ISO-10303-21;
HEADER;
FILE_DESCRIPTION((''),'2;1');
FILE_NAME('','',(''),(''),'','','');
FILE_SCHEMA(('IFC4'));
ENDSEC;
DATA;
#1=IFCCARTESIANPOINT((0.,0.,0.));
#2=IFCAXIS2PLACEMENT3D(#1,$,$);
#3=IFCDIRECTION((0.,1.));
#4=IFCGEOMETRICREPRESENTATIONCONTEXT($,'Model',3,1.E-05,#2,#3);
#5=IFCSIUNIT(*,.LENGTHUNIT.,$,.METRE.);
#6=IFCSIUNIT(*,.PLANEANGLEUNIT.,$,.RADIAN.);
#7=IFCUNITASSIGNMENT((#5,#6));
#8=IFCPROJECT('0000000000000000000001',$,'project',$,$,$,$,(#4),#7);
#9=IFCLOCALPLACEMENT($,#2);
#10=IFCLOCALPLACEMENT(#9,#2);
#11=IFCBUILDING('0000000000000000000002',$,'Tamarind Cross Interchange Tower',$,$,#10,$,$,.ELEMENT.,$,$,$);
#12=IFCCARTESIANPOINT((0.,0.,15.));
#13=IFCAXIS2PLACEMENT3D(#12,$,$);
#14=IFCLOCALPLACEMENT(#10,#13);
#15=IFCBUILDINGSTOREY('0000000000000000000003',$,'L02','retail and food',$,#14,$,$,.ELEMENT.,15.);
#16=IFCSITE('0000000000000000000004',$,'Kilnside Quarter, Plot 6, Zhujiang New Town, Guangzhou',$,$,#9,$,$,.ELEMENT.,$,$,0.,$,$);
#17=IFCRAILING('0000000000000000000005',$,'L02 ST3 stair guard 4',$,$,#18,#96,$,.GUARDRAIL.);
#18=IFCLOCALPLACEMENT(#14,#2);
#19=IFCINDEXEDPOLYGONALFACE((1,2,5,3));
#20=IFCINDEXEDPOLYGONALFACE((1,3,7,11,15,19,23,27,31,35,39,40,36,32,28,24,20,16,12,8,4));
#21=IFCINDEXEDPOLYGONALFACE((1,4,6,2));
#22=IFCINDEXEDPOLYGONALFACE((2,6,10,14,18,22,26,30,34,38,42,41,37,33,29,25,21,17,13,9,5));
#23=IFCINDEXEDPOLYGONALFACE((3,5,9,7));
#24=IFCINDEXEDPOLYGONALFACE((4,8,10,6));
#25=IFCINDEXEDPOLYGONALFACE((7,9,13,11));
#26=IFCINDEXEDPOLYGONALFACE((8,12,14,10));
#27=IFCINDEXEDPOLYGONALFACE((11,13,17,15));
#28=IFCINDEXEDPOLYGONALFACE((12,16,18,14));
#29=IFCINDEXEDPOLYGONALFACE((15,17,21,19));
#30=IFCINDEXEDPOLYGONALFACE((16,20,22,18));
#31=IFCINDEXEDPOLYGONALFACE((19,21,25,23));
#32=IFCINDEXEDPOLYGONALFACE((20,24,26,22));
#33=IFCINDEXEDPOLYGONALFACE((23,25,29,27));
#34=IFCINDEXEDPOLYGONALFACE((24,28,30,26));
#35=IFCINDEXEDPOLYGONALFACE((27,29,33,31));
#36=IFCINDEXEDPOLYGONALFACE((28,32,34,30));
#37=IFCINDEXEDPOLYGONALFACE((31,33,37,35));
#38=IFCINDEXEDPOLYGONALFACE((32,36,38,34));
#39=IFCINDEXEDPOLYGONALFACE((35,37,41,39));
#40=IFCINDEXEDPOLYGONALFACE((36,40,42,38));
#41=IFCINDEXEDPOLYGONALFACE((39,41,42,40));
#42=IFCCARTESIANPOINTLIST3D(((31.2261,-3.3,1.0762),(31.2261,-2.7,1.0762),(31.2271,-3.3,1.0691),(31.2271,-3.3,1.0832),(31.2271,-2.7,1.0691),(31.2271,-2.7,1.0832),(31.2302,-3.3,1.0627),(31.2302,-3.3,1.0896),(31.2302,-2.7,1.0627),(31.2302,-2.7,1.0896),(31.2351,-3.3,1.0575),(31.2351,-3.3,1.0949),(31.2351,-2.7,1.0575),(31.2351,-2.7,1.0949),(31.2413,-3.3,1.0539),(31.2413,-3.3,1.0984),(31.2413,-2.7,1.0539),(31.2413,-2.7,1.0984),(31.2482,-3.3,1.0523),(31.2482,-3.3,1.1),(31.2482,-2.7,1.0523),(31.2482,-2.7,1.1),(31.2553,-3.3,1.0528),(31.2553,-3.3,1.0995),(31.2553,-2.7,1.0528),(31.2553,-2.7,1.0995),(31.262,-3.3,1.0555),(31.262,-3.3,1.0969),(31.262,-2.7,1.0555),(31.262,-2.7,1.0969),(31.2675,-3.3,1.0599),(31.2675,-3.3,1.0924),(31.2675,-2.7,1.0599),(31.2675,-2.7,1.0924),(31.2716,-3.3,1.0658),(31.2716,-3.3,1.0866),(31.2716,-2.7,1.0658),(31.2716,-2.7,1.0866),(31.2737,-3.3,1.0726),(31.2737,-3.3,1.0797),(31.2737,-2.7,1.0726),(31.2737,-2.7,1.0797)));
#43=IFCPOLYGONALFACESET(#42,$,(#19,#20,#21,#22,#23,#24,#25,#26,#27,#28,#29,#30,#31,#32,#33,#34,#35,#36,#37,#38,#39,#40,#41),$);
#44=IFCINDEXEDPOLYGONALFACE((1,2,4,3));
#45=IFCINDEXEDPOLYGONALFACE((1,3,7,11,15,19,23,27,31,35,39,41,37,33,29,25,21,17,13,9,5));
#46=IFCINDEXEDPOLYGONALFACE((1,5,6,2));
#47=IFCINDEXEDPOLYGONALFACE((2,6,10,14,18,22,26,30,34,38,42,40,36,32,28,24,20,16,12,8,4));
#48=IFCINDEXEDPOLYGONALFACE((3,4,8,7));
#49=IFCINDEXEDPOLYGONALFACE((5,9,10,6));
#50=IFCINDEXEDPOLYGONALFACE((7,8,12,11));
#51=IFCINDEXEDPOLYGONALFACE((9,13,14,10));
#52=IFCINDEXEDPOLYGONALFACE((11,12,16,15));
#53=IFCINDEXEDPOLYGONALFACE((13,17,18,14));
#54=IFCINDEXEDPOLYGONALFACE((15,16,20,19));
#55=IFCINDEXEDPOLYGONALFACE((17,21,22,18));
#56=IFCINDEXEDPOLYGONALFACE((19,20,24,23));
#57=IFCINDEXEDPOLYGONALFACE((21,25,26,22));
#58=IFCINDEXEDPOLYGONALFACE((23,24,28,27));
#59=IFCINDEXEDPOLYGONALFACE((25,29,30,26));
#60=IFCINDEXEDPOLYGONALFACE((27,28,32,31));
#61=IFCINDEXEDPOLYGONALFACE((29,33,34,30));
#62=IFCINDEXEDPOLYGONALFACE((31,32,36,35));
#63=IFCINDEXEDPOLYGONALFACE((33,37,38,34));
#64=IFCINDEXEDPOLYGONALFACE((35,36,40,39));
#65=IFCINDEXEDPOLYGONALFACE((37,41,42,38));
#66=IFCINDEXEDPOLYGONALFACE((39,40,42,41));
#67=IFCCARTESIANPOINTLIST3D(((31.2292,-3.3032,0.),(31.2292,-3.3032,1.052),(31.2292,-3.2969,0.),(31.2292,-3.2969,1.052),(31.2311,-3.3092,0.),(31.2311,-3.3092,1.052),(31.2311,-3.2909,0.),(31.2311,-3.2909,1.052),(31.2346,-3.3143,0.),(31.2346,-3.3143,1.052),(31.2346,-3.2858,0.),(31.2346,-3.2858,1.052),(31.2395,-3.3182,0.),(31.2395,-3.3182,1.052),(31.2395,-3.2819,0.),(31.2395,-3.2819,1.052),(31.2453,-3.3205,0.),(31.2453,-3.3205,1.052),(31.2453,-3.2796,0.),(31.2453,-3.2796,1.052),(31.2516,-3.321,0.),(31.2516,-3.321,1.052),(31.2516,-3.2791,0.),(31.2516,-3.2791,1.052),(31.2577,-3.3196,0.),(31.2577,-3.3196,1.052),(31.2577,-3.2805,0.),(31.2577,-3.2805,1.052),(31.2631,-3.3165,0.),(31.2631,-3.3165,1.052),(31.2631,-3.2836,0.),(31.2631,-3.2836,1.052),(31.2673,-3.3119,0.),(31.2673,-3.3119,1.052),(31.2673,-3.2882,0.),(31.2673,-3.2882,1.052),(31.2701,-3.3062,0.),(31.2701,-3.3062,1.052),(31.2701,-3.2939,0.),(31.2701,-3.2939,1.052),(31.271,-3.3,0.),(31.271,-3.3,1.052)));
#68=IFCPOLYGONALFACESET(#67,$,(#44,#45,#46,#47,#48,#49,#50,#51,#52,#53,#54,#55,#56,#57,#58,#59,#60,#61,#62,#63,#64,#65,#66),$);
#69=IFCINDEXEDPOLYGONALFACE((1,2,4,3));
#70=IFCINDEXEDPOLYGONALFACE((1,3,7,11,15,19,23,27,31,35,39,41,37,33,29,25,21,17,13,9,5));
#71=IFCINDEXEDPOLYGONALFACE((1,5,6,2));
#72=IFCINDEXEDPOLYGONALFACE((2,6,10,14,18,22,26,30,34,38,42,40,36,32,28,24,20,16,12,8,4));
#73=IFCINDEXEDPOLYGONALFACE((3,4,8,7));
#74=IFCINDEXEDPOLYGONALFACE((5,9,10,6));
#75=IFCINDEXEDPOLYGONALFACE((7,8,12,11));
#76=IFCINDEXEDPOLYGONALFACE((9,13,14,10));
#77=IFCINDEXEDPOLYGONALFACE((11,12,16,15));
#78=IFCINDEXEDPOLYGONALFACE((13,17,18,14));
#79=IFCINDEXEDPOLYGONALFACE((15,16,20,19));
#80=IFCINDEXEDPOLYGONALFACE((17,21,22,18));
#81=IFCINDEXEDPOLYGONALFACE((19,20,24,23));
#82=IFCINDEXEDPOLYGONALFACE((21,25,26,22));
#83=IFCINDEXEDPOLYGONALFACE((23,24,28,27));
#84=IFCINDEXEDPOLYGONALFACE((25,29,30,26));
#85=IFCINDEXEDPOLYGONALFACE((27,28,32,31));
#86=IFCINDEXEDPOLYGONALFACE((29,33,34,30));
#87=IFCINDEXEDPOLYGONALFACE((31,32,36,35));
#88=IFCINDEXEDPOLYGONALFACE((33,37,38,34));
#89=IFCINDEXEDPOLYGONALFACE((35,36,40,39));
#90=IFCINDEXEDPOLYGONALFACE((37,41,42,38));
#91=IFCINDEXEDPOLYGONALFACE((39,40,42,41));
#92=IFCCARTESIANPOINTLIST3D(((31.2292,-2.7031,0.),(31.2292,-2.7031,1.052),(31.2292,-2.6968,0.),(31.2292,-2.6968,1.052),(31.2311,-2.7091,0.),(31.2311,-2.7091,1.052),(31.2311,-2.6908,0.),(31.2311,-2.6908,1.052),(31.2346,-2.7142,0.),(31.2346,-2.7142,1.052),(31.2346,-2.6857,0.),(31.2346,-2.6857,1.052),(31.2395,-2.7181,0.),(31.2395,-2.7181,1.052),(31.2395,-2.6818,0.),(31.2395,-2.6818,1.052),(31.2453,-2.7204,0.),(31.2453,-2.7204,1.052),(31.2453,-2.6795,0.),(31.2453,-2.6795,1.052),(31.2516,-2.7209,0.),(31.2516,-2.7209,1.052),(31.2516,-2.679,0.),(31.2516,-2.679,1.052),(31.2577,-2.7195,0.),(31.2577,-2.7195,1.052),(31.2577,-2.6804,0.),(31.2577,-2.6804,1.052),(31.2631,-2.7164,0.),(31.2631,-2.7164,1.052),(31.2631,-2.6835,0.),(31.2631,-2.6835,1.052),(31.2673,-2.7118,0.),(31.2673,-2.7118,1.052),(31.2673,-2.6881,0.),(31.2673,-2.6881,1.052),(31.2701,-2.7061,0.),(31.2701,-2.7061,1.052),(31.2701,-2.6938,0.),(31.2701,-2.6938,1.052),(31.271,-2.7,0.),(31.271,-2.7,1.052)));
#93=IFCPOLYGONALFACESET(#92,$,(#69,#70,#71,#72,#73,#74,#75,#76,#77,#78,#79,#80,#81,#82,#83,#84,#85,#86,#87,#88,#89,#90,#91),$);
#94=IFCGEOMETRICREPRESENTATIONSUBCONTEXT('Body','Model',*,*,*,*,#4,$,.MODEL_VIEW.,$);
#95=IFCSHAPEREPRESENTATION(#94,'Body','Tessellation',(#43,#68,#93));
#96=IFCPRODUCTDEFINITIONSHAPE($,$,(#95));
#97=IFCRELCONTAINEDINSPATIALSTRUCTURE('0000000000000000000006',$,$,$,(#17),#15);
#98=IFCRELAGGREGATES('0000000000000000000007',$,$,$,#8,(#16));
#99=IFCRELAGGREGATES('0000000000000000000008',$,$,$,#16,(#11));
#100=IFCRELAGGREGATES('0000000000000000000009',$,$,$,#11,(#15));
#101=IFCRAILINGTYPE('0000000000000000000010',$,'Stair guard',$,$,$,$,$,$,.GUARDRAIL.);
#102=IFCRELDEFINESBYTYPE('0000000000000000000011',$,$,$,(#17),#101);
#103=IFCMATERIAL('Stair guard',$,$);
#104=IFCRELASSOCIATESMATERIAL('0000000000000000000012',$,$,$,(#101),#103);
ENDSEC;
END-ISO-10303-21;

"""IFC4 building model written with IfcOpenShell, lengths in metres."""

from ifc_helpers import new_model, si_unit, direction, frame, origin, origin_2d, place, context, subcontext, project, spatial, circle, extrude, material, type_object, element, save


model = new_model("IFC4")

# Units and contexts
model_context = context("Model", 3, precision=1e-05, world=origin(), true_north=direction((0.0, 1.0)))
body_context = subcontext(model_context, "Body", "Model", "MODEL_VIEW")
ifc_project = project(units=[si_unit("LENGTHUNIT", "METRE"), si_unit("PLANEANGLEUNIT", "RADIAN")], contexts=[model_context])

# Site, building, storey
site_placement = place(None, origin())
site = spatial("IfcSite", under=ifc_project, at=site_placement, Name="Kilnside Quarter, Plot 6, Zhujiang New Town, Guangzhou", CompositionType="ELEMENT", RefElevation=0.0)
building_placement = place(site_placement, origin())
building = spatial("IfcBuilding", under=site, at=building_placement, Name="Tamarind Cross Interchange Tower", CompositionType="ELEMENT")
storey_placement = place(building_placement, frame((0.0, 0.0, 15.0)))
storey = spatial("IfcBuildingStorey", under=building, at=storey_placement, Name="L02", Description="retail and food", CompositionType="ELEMENT", Elevation=15.0)

# Railing
ifc_material_1 = material(Name="Stair guard")
railing_type_1 = type_object("IfcRailingType", Name="Stair guard", PredefinedType="GUARDRAIL", material=ifc_material_1)
railing_1_placement = place(storey_placement, frame((31.25, -3.3, 0.0)))
element("IfcRailing", 1, at=railing_1_placement, inside=storey, type_object=railing_type_1, Name="L02 ST3 stair guard 4", PredefinedType="GUARDRAIL", context=body_context, shape_type="SweptSolid", body=[
    extrude(circle(Radius=0.0239, at=origin_2d()), frame((0.0, 0.0, 1.0762), z_axis=(0.0, 1.0, 0.0), x_axis=(-1.0, 0.0, 0.0)), (0.0, 0.0, 1.0), 0.6001),
    extrude(circle(Radius=0.021, at=origin_2d()), origin(), (0.0, 0.0, 1.0), 1.052),
    extrude(circle(Radius=0.021, at=origin_2d()), frame((0.0, 0.6001, 0.0)), (0.0, 0.0, 1.0), 1.052),
])

save(model, "model.ifc")
